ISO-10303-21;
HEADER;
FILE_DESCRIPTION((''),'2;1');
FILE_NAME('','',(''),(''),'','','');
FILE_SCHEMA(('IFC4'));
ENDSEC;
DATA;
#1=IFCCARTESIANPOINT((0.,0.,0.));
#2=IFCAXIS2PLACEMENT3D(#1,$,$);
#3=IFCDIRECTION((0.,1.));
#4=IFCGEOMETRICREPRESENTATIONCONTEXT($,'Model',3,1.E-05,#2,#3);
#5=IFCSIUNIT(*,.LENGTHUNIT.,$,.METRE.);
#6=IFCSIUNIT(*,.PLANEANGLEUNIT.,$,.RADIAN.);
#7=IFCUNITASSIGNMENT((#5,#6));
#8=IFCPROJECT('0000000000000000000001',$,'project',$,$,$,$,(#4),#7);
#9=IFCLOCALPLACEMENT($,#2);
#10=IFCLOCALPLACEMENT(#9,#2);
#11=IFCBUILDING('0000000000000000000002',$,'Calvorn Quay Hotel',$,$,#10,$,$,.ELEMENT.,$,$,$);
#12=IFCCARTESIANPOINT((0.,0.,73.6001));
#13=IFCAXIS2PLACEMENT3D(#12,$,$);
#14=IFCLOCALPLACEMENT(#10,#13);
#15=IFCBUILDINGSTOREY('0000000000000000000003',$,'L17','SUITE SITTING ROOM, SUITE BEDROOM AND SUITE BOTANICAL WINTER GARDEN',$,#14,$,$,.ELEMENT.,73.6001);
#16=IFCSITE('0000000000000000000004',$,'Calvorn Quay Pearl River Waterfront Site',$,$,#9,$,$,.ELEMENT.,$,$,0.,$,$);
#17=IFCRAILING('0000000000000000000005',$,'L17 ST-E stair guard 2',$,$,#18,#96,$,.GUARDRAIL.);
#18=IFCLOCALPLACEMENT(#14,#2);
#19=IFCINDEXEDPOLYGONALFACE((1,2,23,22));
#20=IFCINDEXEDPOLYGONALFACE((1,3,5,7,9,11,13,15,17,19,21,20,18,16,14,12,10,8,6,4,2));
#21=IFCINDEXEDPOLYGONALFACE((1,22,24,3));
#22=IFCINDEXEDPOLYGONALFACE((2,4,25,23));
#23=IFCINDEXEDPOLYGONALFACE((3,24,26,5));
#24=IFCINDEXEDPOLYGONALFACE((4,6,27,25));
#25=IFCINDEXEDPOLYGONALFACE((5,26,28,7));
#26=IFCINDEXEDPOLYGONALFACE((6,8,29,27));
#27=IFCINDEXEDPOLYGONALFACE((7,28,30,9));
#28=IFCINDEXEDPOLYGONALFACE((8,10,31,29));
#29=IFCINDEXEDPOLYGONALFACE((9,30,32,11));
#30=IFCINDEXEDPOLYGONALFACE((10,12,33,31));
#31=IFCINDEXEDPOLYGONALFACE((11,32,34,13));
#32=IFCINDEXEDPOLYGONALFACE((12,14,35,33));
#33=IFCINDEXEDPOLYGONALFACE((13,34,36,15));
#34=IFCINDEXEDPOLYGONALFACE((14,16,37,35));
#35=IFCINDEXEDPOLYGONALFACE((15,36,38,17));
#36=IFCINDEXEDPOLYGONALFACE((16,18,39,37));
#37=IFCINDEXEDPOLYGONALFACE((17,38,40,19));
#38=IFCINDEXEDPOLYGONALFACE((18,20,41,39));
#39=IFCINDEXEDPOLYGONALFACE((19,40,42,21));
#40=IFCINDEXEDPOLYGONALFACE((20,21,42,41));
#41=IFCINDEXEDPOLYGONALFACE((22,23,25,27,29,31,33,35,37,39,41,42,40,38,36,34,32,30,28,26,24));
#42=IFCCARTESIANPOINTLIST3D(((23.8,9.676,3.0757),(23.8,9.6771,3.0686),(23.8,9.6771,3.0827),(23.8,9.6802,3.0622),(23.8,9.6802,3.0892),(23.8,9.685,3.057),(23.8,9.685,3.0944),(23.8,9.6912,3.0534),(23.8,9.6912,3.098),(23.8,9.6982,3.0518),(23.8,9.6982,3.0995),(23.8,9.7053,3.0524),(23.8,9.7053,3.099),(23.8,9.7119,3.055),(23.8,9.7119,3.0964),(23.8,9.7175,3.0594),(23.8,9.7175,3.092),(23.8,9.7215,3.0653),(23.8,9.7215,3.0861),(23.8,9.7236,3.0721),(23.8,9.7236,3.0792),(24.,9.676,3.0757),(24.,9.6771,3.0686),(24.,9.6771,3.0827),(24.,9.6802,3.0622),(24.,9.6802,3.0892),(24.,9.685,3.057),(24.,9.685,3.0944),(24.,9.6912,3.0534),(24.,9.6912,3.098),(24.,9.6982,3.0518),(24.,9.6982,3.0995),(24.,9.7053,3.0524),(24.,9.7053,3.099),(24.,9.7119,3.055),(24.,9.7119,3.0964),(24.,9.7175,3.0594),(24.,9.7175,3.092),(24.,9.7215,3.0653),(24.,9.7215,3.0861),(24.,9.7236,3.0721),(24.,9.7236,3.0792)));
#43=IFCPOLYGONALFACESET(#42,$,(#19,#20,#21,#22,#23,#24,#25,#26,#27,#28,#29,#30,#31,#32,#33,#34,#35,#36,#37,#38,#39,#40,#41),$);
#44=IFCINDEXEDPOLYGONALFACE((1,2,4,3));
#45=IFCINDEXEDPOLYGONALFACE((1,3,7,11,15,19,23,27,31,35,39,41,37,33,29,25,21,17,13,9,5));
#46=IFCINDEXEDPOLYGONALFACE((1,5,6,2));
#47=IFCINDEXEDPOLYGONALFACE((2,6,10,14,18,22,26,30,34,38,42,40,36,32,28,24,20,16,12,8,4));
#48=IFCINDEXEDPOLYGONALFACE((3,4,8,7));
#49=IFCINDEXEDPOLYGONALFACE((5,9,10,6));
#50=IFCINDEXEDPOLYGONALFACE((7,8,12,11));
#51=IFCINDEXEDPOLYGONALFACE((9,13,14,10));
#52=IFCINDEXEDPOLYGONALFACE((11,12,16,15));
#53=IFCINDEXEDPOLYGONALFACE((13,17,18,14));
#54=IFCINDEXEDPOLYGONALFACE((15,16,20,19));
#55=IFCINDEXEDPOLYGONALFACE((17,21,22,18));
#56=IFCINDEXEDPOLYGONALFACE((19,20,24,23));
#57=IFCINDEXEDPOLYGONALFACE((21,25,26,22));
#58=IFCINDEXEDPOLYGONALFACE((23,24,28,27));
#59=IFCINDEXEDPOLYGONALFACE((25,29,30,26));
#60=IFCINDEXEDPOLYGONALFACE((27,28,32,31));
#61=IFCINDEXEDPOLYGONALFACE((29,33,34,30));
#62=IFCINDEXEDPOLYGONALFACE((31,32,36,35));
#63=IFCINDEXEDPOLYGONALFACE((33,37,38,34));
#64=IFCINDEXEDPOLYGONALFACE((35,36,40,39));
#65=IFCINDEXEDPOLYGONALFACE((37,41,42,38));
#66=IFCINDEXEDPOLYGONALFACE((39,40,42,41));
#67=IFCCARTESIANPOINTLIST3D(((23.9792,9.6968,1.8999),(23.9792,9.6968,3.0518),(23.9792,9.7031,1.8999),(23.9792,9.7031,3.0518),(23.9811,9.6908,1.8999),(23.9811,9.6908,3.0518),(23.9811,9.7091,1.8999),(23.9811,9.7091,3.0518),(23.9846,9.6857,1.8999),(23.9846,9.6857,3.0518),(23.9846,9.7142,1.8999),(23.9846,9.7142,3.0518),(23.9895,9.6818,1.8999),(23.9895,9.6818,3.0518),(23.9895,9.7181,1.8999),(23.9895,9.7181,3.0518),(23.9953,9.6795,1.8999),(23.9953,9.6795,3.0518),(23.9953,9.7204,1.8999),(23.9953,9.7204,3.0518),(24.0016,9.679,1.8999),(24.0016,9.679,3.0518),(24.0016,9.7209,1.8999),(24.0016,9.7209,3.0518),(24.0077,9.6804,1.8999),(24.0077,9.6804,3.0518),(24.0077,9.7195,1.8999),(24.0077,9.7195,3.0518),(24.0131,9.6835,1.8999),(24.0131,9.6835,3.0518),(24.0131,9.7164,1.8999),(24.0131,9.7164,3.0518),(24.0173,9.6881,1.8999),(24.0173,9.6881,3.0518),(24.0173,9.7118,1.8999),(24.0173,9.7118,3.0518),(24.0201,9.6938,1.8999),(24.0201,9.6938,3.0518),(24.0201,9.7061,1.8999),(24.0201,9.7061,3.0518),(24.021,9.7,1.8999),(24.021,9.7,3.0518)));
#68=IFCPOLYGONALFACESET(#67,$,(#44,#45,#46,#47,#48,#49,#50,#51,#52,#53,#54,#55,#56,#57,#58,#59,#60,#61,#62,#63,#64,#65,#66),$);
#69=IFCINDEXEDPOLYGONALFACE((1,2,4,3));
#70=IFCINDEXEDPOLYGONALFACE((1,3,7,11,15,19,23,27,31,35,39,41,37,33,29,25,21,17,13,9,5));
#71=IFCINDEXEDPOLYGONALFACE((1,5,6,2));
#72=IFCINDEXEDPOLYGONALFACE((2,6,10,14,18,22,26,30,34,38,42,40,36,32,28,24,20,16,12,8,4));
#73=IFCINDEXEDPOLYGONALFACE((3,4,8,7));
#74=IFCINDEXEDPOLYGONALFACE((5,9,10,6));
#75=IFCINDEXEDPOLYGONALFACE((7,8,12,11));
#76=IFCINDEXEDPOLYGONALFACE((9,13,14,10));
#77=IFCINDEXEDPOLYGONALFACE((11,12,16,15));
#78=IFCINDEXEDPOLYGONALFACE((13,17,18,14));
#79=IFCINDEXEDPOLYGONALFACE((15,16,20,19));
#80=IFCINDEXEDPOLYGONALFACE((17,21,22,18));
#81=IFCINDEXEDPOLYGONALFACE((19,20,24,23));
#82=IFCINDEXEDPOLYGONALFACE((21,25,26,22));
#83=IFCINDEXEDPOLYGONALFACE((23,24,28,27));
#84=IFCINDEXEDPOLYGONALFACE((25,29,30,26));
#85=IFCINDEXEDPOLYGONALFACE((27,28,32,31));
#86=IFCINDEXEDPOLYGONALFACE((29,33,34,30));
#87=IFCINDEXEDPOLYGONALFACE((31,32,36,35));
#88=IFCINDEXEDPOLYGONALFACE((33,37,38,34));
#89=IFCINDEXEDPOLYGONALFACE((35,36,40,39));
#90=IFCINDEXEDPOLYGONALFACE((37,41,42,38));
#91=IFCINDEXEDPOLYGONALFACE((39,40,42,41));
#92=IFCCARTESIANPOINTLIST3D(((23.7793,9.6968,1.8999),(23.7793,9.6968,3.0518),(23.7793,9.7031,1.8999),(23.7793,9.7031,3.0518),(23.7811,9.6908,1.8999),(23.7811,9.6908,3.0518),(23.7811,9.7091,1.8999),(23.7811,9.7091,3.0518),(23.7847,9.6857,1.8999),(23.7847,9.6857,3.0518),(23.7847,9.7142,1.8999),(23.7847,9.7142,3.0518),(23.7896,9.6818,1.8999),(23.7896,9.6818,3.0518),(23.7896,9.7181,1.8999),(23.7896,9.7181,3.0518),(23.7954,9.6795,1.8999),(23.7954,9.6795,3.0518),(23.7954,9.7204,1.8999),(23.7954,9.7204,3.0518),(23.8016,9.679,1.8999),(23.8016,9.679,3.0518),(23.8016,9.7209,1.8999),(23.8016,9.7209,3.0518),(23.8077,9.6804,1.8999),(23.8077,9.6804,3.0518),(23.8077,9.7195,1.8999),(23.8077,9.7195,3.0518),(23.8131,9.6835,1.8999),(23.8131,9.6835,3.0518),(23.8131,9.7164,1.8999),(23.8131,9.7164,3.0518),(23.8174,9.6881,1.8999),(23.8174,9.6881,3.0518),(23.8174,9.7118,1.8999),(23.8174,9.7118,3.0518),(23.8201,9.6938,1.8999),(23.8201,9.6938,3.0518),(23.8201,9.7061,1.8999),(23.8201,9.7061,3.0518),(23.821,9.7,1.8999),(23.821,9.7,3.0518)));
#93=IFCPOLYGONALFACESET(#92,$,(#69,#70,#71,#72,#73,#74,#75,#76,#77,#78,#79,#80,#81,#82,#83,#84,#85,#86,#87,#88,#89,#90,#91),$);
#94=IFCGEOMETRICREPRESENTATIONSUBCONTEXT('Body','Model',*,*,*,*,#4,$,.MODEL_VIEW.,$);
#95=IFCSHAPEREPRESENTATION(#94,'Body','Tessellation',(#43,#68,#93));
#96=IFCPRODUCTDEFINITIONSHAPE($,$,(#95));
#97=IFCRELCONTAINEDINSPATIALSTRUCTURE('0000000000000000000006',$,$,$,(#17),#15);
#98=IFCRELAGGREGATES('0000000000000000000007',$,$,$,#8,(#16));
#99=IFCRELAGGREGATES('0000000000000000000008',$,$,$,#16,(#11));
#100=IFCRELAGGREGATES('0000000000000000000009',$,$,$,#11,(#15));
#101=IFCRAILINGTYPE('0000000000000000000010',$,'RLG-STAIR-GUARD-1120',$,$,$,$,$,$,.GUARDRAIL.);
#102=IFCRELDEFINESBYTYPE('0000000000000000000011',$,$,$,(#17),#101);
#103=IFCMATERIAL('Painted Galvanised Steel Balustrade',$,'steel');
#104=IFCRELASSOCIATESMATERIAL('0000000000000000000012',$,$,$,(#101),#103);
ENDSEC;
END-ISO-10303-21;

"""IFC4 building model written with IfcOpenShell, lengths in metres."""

from ifc_helpers import new_model, si_unit, direction, frame, origin, origin_2d, place, context, subcontext, project, spatial, circle, extrude, material, type_object, element, save


model = new_model("IFC4")

# Units and contexts
model_context = context("Model", 3, precision=1e-05, world=origin(), true_north=direction((0.0, 1.0)))
body_context = subcontext(model_context, "Body", "Model", "MODEL_VIEW")
ifc_project = project(units=[si_unit("LENGTHUNIT", "METRE"), si_unit("PLANEANGLEUNIT", "RADIAN")], contexts=[model_context])

# Site, building, storey
site_placement = place(None, origin())
site = spatial("IfcSite", under=ifc_project, at=site_placement, Name="Calvorn Quay Pearl River Waterfront Site", CompositionType="ELEMENT", RefElevation=0.0)
building_placement = place(site_placement, origin())
building = spatial("IfcBuilding", under=site, at=building_placement, Name="Calvorn Quay Hotel", CompositionType="ELEMENT")
storey_placement = place(building_placement, frame((0.0, 0.0, 73.6001)))
storey = spatial("IfcBuildingStorey", under=building, at=storey_placement, Name="L17", Description="SUITE SITTING ROOM, SUITE BEDROOM AND SUITE BOTANICAL WINTER GARDEN", CompositionType="ELEMENT", Elevation=73.6001)

# Railing
ifc_material_1 = material(Name="Painted Galvanised Steel Balustrade", Category="steel")
railing_type_1 = type_object("IfcRailingType", Name="RLG-STAIR-GUARD-1120", PredefinedType="GUARDRAIL", material=ifc_material_1)
railing_1_placement = place(storey_placement, frame((24.0, 9.7, 1.8999)))
element("IfcRailing", 1, at=railing_1_placement, inside=storey, type_object=railing_type_1, Name="L17 ST-E stair guard 2", PredefinedType="GUARDRAIL", context=body_context, shape_type="SweptSolid", body=[
    extrude(circle(Radius=0.0239, at=origin_2d()), frame((0.0, 0.0, 1.1758), z_axis=(-1.0, 0.0, 0.0), x_axis=(0.0, -1.0, 0.0)), (0.0, 0.0, 1.0), 0.2),
    extrude(circle(Radius=0.021, at=origin_2d()), origin(), (0.0, 0.0, 1.0), 1.1519),
    extrude(circle(Radius=0.021, at=origin_2d()), frame((-0.2, 0.0, 0.0)), (0.0, 0.0, 1.0), 1.1519),
])

save(model, "model.ifc")
